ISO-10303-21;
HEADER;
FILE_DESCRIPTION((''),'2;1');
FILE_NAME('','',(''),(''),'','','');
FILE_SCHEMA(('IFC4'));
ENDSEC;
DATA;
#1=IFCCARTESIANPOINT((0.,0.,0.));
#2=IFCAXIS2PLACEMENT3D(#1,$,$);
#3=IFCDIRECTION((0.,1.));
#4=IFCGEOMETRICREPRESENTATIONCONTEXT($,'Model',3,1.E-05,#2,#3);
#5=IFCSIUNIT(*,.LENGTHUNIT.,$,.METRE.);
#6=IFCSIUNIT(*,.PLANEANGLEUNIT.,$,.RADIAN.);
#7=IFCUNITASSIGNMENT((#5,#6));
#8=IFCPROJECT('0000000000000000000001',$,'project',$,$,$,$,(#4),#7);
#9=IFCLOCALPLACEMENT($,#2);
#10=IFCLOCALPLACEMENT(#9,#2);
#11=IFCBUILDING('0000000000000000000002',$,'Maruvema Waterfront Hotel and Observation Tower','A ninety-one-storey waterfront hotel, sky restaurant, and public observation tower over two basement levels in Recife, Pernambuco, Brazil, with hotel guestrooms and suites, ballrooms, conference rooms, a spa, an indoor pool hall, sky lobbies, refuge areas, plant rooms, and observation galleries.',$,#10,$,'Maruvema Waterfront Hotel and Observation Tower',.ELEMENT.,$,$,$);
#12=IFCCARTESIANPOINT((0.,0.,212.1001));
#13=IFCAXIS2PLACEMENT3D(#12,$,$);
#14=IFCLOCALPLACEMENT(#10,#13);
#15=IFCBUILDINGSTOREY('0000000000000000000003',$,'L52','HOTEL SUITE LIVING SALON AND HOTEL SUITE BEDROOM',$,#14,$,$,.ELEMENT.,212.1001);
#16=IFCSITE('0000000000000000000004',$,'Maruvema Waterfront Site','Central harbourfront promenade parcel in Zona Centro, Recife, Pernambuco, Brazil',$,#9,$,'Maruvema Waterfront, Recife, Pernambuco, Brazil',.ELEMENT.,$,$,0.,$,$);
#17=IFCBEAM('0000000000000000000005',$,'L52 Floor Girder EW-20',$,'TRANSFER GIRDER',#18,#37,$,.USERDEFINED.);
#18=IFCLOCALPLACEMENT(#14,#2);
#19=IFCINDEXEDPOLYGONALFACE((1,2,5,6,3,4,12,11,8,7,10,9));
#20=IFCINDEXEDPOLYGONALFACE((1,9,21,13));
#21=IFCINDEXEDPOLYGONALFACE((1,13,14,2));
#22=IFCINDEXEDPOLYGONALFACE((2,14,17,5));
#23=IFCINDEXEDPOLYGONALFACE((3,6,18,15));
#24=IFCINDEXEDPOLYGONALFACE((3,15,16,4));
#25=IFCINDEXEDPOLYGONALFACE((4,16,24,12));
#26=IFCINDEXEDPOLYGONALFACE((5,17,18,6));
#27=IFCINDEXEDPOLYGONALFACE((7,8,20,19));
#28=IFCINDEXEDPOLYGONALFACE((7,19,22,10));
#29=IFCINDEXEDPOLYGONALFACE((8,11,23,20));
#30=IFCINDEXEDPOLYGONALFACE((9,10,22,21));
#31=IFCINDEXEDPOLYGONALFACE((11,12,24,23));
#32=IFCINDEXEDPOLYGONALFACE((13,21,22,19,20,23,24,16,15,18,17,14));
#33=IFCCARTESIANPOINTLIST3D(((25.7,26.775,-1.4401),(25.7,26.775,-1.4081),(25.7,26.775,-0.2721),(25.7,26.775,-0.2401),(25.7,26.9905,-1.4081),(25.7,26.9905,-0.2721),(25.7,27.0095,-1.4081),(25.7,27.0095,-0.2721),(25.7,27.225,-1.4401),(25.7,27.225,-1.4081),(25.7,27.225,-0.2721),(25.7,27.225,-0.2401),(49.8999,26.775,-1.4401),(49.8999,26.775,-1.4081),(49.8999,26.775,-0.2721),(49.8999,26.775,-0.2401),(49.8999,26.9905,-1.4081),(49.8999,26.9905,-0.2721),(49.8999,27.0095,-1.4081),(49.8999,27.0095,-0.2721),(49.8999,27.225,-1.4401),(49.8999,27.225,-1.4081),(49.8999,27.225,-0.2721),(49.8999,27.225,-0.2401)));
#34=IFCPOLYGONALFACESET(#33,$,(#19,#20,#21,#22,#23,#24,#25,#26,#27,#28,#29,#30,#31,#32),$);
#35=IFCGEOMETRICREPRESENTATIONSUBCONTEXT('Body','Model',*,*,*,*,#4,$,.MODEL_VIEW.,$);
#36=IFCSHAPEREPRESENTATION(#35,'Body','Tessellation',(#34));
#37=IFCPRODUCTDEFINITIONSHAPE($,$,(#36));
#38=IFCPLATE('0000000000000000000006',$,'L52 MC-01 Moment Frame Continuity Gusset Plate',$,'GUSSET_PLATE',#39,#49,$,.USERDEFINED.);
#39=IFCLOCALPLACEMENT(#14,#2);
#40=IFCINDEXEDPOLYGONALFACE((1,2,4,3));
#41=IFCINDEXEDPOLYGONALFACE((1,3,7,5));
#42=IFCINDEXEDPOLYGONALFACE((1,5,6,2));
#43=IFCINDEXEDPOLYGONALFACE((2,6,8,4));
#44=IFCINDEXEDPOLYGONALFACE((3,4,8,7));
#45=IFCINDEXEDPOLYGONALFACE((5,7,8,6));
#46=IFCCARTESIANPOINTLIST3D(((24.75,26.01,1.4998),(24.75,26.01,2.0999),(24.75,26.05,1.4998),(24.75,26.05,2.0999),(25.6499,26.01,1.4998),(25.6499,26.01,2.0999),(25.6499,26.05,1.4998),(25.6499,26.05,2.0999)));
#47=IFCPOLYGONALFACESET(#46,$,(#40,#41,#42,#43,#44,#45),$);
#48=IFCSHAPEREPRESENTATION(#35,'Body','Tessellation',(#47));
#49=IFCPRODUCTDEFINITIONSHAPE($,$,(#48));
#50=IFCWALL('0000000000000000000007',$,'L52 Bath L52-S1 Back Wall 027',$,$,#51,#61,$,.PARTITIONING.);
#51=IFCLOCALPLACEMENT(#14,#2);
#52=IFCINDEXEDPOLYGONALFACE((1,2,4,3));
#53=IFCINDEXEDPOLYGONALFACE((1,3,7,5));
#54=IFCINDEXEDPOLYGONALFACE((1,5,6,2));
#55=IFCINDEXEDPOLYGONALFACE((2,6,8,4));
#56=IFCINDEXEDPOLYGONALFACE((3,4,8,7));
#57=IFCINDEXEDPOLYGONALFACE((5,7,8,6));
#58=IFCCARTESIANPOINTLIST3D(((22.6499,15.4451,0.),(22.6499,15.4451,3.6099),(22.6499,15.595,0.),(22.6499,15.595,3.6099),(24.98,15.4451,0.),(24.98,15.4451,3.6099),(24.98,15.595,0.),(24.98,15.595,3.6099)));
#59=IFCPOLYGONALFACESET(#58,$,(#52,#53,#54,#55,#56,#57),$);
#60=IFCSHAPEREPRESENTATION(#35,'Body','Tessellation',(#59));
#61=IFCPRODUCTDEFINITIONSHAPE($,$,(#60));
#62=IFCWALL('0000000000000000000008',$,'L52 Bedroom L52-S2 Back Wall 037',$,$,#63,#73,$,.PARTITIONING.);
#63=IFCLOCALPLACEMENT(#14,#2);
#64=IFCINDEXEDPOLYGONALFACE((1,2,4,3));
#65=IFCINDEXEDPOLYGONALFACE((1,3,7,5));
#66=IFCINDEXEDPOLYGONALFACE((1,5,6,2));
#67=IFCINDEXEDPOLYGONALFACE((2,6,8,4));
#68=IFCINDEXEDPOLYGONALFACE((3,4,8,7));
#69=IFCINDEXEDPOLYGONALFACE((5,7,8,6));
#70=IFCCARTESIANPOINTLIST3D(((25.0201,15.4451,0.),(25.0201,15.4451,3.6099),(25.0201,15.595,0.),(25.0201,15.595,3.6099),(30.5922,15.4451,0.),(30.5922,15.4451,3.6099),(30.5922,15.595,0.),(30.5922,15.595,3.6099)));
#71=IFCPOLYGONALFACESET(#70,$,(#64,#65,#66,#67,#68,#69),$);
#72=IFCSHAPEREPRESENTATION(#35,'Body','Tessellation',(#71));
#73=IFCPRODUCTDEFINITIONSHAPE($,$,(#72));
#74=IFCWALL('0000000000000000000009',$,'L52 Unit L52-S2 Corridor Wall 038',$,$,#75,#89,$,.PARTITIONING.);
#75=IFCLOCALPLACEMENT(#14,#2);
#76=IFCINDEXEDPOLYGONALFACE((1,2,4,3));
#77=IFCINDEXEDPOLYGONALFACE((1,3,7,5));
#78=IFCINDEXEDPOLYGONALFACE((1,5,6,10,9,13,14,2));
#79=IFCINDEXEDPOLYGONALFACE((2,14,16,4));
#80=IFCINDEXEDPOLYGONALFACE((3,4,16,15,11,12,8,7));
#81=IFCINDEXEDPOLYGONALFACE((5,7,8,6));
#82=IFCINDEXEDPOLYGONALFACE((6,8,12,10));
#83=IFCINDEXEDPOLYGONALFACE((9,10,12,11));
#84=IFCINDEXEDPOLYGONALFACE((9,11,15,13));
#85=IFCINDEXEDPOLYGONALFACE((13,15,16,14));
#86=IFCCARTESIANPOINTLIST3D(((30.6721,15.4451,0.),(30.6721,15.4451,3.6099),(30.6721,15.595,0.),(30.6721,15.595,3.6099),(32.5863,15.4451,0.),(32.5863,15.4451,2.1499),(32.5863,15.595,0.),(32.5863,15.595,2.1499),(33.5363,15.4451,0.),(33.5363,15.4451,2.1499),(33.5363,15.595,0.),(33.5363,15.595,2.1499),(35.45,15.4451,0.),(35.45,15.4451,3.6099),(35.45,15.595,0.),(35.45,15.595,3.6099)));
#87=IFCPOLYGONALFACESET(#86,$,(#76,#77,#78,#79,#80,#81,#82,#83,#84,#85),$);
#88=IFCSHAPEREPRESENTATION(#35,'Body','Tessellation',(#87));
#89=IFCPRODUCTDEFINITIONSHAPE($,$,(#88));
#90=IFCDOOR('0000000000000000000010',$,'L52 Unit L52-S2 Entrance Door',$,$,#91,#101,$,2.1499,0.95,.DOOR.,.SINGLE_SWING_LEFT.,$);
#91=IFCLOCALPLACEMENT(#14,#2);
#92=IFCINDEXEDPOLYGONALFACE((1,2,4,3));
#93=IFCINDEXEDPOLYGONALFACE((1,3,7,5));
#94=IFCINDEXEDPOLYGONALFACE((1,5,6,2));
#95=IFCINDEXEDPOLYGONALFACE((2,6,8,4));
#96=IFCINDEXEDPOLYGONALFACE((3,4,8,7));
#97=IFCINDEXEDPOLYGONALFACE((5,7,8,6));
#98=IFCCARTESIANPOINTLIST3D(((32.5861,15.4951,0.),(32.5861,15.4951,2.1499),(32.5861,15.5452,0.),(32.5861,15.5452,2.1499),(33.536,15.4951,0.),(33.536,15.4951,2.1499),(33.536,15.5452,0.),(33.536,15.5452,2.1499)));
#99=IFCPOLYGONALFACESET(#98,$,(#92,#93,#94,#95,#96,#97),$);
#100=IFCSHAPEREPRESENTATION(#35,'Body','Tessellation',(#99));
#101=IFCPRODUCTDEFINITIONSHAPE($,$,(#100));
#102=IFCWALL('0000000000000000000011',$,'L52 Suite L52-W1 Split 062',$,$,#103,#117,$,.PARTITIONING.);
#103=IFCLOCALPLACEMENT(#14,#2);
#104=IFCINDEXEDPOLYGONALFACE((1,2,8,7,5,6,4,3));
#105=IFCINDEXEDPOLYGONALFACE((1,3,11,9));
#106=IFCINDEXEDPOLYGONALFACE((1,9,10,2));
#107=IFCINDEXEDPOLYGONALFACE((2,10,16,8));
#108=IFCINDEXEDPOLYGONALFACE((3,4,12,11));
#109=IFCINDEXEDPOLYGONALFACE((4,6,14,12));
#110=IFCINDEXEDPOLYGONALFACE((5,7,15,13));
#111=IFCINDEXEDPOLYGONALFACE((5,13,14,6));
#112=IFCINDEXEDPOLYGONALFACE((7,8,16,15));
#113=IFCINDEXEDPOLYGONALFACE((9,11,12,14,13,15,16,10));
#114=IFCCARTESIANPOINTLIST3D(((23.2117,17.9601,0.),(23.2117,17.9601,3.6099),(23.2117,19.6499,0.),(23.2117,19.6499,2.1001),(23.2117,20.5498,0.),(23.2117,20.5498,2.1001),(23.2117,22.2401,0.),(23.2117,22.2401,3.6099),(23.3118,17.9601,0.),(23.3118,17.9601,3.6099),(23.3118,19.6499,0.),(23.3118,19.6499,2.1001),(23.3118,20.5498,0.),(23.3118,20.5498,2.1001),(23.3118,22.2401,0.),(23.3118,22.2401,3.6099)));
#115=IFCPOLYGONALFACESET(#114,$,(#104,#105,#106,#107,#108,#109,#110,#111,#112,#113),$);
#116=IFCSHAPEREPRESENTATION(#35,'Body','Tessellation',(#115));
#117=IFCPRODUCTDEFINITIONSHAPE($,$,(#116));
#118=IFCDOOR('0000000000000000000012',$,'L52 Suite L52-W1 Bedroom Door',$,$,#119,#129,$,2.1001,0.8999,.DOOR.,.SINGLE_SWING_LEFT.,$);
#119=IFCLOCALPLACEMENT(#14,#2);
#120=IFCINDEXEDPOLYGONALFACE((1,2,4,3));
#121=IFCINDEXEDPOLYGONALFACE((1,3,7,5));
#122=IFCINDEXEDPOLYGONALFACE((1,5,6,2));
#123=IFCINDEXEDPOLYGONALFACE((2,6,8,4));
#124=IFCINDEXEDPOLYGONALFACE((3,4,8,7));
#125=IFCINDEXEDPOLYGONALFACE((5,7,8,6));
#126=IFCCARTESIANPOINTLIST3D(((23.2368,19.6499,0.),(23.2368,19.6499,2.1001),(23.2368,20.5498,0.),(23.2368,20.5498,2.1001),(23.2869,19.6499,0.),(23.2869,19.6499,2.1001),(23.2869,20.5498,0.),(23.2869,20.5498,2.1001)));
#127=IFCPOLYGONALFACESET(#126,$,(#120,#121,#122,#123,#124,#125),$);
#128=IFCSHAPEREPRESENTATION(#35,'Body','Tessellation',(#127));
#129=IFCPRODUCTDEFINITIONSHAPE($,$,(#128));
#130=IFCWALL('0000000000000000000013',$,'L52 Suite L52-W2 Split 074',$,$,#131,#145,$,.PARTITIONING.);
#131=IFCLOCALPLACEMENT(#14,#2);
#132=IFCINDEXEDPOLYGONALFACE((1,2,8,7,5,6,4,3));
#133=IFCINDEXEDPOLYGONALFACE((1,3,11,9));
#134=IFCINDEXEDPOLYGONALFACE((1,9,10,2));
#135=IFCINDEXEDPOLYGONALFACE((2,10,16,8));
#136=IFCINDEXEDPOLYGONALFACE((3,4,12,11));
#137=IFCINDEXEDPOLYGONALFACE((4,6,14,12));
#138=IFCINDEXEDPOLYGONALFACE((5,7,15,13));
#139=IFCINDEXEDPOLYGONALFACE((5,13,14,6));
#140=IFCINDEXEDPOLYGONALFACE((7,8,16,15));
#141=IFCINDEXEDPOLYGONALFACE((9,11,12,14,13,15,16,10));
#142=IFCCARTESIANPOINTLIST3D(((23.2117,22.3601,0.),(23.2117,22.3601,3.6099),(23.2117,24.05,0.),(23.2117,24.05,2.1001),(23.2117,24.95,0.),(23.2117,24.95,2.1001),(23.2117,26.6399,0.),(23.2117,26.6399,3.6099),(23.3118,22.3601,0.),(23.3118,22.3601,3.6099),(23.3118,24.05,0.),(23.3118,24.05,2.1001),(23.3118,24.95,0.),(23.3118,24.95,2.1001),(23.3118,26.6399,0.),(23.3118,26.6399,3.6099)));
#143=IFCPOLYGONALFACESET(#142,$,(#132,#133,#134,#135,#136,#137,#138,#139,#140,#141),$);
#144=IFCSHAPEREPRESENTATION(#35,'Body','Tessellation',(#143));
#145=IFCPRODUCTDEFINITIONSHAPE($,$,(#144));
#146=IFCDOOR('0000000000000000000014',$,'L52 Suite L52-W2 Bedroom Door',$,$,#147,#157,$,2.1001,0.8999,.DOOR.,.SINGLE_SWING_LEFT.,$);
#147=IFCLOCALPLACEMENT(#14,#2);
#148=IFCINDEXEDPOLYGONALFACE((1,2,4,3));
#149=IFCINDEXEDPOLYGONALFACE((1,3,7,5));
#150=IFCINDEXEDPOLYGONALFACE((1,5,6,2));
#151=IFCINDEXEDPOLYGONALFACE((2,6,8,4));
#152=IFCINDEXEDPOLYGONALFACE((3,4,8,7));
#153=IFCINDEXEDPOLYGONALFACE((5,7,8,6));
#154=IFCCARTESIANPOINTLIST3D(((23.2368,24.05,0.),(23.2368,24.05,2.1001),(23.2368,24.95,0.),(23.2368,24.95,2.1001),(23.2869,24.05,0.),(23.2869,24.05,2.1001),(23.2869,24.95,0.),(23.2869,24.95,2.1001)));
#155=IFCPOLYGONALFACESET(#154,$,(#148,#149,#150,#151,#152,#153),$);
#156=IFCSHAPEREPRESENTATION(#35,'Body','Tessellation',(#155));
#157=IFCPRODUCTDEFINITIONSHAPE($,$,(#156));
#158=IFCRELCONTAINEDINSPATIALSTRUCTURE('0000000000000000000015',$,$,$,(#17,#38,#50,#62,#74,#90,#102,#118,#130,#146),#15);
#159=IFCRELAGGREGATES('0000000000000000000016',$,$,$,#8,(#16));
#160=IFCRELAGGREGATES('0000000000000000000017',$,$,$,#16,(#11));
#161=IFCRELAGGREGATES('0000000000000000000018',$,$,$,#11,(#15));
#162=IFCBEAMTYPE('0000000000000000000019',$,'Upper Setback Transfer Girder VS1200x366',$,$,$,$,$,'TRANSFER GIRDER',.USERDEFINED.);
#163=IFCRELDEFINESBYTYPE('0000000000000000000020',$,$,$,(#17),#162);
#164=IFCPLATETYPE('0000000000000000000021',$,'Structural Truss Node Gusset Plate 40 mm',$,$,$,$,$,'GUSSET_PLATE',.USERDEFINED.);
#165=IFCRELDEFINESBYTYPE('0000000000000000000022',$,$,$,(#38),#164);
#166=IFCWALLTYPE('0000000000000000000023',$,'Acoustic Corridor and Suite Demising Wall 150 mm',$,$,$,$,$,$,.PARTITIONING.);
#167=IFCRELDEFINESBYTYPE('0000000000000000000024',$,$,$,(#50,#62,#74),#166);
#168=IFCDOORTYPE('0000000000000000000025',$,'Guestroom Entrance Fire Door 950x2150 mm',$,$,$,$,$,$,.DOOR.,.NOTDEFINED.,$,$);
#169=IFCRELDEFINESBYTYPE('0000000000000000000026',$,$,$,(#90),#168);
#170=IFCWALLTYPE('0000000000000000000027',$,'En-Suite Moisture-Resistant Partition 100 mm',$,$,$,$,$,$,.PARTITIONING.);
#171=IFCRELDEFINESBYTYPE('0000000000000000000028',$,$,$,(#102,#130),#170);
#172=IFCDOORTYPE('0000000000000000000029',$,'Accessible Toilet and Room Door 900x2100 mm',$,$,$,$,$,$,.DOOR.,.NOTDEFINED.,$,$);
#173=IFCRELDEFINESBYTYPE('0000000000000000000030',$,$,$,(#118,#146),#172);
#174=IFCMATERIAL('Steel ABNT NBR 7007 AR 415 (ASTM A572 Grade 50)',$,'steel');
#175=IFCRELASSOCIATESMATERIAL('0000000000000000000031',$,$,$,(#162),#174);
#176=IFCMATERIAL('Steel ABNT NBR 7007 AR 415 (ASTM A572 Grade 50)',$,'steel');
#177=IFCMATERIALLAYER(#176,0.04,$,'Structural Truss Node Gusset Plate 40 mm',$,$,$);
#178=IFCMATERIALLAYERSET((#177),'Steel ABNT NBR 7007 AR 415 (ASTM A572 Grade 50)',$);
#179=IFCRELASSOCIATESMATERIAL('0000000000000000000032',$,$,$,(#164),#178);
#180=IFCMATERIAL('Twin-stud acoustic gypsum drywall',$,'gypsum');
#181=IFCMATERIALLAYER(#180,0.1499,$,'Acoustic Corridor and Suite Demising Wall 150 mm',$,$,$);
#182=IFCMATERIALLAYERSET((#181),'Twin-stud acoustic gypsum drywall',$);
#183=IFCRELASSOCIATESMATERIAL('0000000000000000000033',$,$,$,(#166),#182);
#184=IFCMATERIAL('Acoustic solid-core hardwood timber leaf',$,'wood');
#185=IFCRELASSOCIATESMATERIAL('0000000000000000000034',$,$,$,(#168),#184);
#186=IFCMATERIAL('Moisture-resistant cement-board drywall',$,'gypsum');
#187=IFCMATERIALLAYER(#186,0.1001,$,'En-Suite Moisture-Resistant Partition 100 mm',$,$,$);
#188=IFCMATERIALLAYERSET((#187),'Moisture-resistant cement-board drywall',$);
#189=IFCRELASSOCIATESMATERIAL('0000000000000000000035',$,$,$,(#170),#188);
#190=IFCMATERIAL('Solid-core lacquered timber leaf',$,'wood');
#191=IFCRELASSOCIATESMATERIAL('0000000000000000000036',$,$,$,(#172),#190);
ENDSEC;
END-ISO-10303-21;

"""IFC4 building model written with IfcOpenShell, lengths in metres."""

from ifc_helpers import new_model, si_unit, direction, frame, frame_2d, origin, origin_2d, place, context, subcontext, project, spatial, rectangle, i_section, extrude, material, layer, layer_set, material_profile, profile_set, type_object, element, fill, save


model = new_model("IFC4")

# Units and contexts
model_context = context("Model", 3, precision=1e-05, world=origin(), true_north=direction((0.0, 1.0)))
body_context = subcontext(model_context, "Body", "Model", "MODEL_VIEW")
ifc_project = project(units=[si_unit("LENGTHUNIT", "METRE"), si_unit("PLANEANGLEUNIT", "RADIAN")], contexts=[model_context])

# Site, building, storey
site_placement = place(None, origin())
site = spatial("IfcSite", under=ifc_project, at=site_placement, Name="Maruvema Waterfront Site", Description="Central harbourfront promenade parcel in Zona Centro, Recife, Pernambuco, Brazil", LongName="Maruvema Waterfront, Recife, Pernambuco, Brazil", CompositionType="ELEMENT", RefElevation=0.0)
building_placement = place(site_placement, origin())
building = spatial("IfcBuilding", under=site, at=building_placement, Name="Maruvema Waterfront Hotel and Observation Tower", Description="A ninety-one-storey waterfront hotel, sky restaurant, and public observation tower over two basement levels in Recife, Pernambuco, Brazil, with hotel guestrooms and suites, ballrooms, conference rooms, a spa, an indoor pool hall, sky lobbies, refuge areas, plant rooms, and observation galleries.", LongName="Maruvema Waterfront Hotel and Observation Tower", CompositionType="ELEMENT")
storey_placement = place(building_placement, frame((0.0, 0.0, 212.1001)))
storey = spatial("IfcBuildingStorey", under=building, at=storey_placement, Name="L52", Description="HOTEL SUITE LIVING SALON AND HOTEL SUITE BEDROOM", CompositionType="ELEMENT", Elevation=212.1001)

# Beam
ifc_material_1 = material(Name="Steel ABNT NBR 7007 AR 415 (ASTM A572 Grade 50)", Category="steel")
ifc_material_profile_1 = material_profile(ifc_material_1, i_section(OverallWidth=0.45, OverallDepth=1.2, WebThickness=0.019, FlangeThickness=0.032, at=origin_2d()), Name="VS1200x366")
ifc_profile_set_1 = profile_set([ifc_material_profile_1], Name="Steel ABNT NBR 7007 AR 415 (ASTM A572 Grade 50)")
beam_type_1 = type_object("IfcBeamType", Name="Upper Setback Transfer Girder VS1200x366", ElementType="TRANSFER GIRDER", PredefinedType="USERDEFINED", material=ifc_profile_set_1)
beam_1_placement = place(storey_placement, frame((25.7, 27.0, -0.8401), z_axis=(1.0, 0.0, 0.0), x_axis=(0.0, 1.0, 0.0)))
element("IfcBeam", 1, at=beam_1_placement, inside=storey, type_object=beam_type_1, Name="L52 Floor Girder EW-20", ObjectType="TRANSFER GIRDER", PredefinedType="USERDEFINED", context=body_context, shape_type="SweptSolid", body=[
    extrude(i_section(OverallWidth=0.45, OverallDepth=1.2, WebThickness=0.019, FlangeThickness=0.032, at=origin_2d()), origin(), (0.0, 0.0, 1.0), 24.2),
])

# Plate
ifc_material_2 = material(Name="Steel ABNT NBR 7007 AR 415 (ASTM A572 Grade 50)", Category="steel")
ifc_layer_1 = layer(ifc_material_2, 0.04, Name="Structural Truss Node Gusset Plate 40 mm")
ifc_layer_set_1 = layer_set([ifc_layer_1], Name="Steel ABNT NBR 7007 AR 415 (ASTM A572 Grade 50)")
plate_type = type_object("IfcPlateType", Name="Structural Truss Node Gusset Plate 40 mm", ElementType="GUSSET_PLATE", PredefinedType="USERDEFINED", material=ifc_layer_set_1)
plate_placement = place(storey_placement, frame((25.2, 26.03, 1.4998), z_axis=(0.0, 0.0, 1.0), x_axis=(1.0, 0.0, 0.0)))
element("IfcPlate", 2, at=plate_placement, inside=storey, type_object=plate_type, Name="L52 MC-01 Moment Frame Continuity Gusset Plate", ObjectType="GUSSET_PLATE", PredefinedType="USERDEFINED", context=body_context, shape_type="SweptSolid", body=[
    extrude(rectangle(XDim=0.8999, YDim=0.04, at=origin_2d()), origin(), (0.0, 0.0, 1.0), 0.6001),
])

# Walls
ifc_material_3 = material(Name="Twin-stud acoustic gypsum drywall", Category="gypsum")
ifc_layer_2 = layer(ifc_material_3, 0.1499, Name="Acoustic Corridor and Suite Demising Wall 150 mm")
ifc_layer_set_2 = layer_set([ifc_layer_2], Name="Twin-stud acoustic gypsum drywall")
wall_type_1 = type_object("IfcWallType", Name="Acoustic Corridor and Suite Demising Wall 150 mm", PredefinedType="PARTITIONING", material=ifc_layer_set_2)
wall_1_placement = place(storey_placement, frame((22.6499, 15.52, 0.0), z_axis=(0.0, 0.0, 1.0), x_axis=(1.0, 0.0, 0.0)))
element("IfcWall", 3, at=wall_1_placement, inside=storey, type_object=wall_type_1, Name="L52 Bath L52-S1 Back Wall 027", PredefinedType="PARTITIONING", context=body_context, shape_type="SweptSolid", body=[
    extrude(rectangle(XDim=2.3301, YDim=0.1499, at=frame_2d((1.165, 0.0))), origin(), (0.0, 0.0, 1.0), 3.6099),
])
wall_2_placement = place(storey_placement, frame((25.02, 15.52, 0.0), z_axis=(0.0, 0.0, 1.0), x_axis=(1.0, 0.0, 0.0)))
element("IfcWall", 4, at=wall_2_placement, inside=storey, type_object=wall_type_1, Name="L52 Bedroom L52-S2 Back Wall 037", PredefinedType="PARTITIONING", context=body_context, shape_type="SweptSolid", body=[
    extrude(rectangle(XDim=5.572, YDim=0.1499, at=frame_2d((2.7861, 0.0))), origin(), (0.0, 0.0, 1.0), 3.6099),
])

# Walls, openings, doors
wall_3_placement = place(storey_placement, frame((30.6721, 15.52, 0.0), z_axis=(0.0, 0.0, 1.0), x_axis=(1.0, 0.0, 0.0)))
wall_3 = element("IfcWall", 5, at=wall_3_placement, inside=storey, type_object=wall_type_1, Name="L52 Unit L52-S2 Corridor Wall 038", PredefinedType="PARTITIONING", context=body_context, shape_type="SweptSolid", body=[
    extrude(rectangle(XDim=4.7778, YDim=0.1499, at=frame_2d((2.3889, 0.0))), origin(), (0.0, 0.0, 1.0), 3.6099),
])
opening_1_placement = place(wall_3_placement, frame((1.9141, 0.0, 0.0)))
opening_1 = element("IfcOpeningElement", 6, at=opening_1_placement, cuts=wall_3, PredefinedType="OPENING", context=body_context, shape_type="SweptSolid", body=[
    extrude(rectangle(XDim=0.95, YDim=2.1499, at=frame_2d((0.4751, 1.075))), frame((0.0, 0.085, 0.0), z_axis=(0.0, -1.0, 0.0), x_axis=(1.0, 0.0, 0.0)), (0.0, 0.0, 1.0), 0.1699),
])
ifc_material_4 = material(Name="Acoustic solid-core hardwood timber leaf", Category="wood")
door_type_1 = type_object("IfcDoorType", Name="Guestroom Entrance Fire Door 950x2150 mm", OperationType="NOTDEFINED", PredefinedType="DOOR", material=ifc_material_4)
door_1_placement = place(opening_1_placement, frame((0.95, 0.0, 0.0), z_axis=(0.0, 0.0, 1.0), x_axis=(-1.0, 0.0, 0.0)))
door_1 = element("IfcDoor", 7, at=door_1_placement, inside=storey, type_object=door_type_1, Name="L52 Unit L52-S2 Entrance Door", OperationType="SINGLE_SWING_LEFT", OverallHeight=2.1499, OverallWidth=0.95, PredefinedType="DOOR", context=body_context, shape_type="SweptSolid", body=[
    extrude(rectangle(XDim=0.95, YDim=2.1499, at=frame_2d((0.4751, 1.075))), frame((0.0, 0.0249, 0.0), z_axis=(0.0, -1.0, 0.0), x_axis=(1.0, 0.0, 0.0)), (0.0, 0.0, 1.0), 0.05),
])
fill(opening_1, door_1)
ifc_material_5 = material(Name="Moisture-resistant cement-board drywall", Category="gypsum")
ifc_layer_3 = layer(ifc_material_5, 0.1001, Name="En-Suite Moisture-Resistant Partition 100 mm")
ifc_layer_set_3 = layer_set([ifc_layer_3], Name="Moisture-resistant cement-board drywall")
wall_type_2 = type_object("IfcWallType", Name="En-Suite Moisture-Resistant Partition 100 mm", PredefinedType="PARTITIONING", material=ifc_layer_set_3)
wall_4_placement = place(storey_placement, frame((23.2617, 17.96, 0.0), z_axis=(0.0, 0.0, 1.0), x_axis=(0.0, 1.0, 0.0)))
wall_4 = element("IfcWall", 8, at=wall_4_placement, inside=storey, type_object=wall_type_2, Name="L52 Suite L52-W1 Split 062", PredefinedType="PARTITIONING", context=body_context, shape_type="SweptSolid", body=[
    extrude(rectangle(XDim=4.28, YDim=0.1001, at=frame_2d((2.1401, 0.0))), origin(), (0.0, 0.0, 1.0), 3.6099),
])
opening_2_placement = place(wall_4_placement, frame((1.6899, 0.0, 0.0)))
opening_2 = element("IfcOpeningElement", 9, at=opening_2_placement, cuts=wall_4, PredefinedType="OPENING", context=body_context, shape_type="SweptSolid", body=[
    extrude(rectangle(XDim=0.8999, YDim=2.1001, at=frame_2d((0.45, 1.05))), frame((0.0, 0.0601, 0.0), z_axis=(0.0, -1.0, 0.0), x_axis=(1.0, 0.0, 0.0)), (0.0, 0.0, 1.0), 0.1201),
])
ifc_material_6 = material(Name="Solid-core lacquered timber leaf", Category="wood")
door_type_2 = type_object("IfcDoorType", Name="Accessible Toilet and Room Door 900x2100 mm", OperationType="NOTDEFINED", PredefinedType="DOOR", material=ifc_material_6)
door_2_placement = place(opening_2_placement, origin())
door_2 = element("IfcDoor", 10, at=door_2_placement, inside=storey, type_object=door_type_2, Name="L52 Suite L52-W1 Bedroom Door", OperationType="SINGLE_SWING_LEFT", OverallHeight=2.1001, OverallWidth=0.8999, PredefinedType="DOOR", context=body_context, shape_type="SweptSolid", body=[
    extrude(rectangle(XDim=0.8999, YDim=2.1001, at=frame_2d((0.45, 1.05))), frame((0.0, 0.0249, 0.0), z_axis=(0.0, -1.0, 0.0), x_axis=(1.0, 0.0, 0.0)), (0.0, 0.0, 1.0), 0.05),
])
fill(opening_2, door_2)
wall_5_placement = place(storey_placement, frame((23.2617, 22.3601, 0.0), z_axis=(0.0, 0.0, 1.0), x_axis=(0.0, 1.0, 0.0)))
wall_5 = element("IfcWall", 11, at=wall_5_placement, inside=storey, type_object=wall_type_2, Name="L52 Suite L52-W2 Split 074", PredefinedType="PARTITIONING", context=body_context, shape_type="SweptSolid", body=[
    extrude(rectangle(XDim=4.2798, YDim=0.1001, at=frame_2d((2.1399, 0.0))), origin(), (0.0, 0.0, 1.0), 3.6099),
])
opening_3_placement = place(wall_5_placement, frame((1.6899, 0.0, 0.0)))
opening_3 = element("IfcOpeningElement", 12, at=opening_3_placement, cuts=wall_5, PredefinedType="OPENING", context=body_context, shape_type="SweptSolid", body=[
    extrude(rectangle(XDim=0.8999, YDim=2.1001, at=frame_2d((0.45, 1.05))), frame((0.0, 0.0601, 0.0), z_axis=(0.0, -1.0, 0.0), x_axis=(1.0, 0.0, 0.0)), (0.0, 0.0, 1.0), 0.1201),
])
door_3_placement = place(opening_3_placement, origin())
door_3 = element("IfcDoor", 13, at=door_3_placement, inside=storey, type_object=door_type_2, Name="L52 Suite L52-W2 Bedroom Door", OperationType="SINGLE_SWING_LEFT", OverallHeight=2.1001, OverallWidth=0.8999, PredefinedType="DOOR", context=body_context, shape_type="SweptSolid", body=[
    extrude(rectangle(XDim=0.8999, YDim=2.1001, at=frame_2d((0.45, 1.05))), frame((0.0, 0.0249, 0.0), z_axis=(0.0, -1.0, 0.0), x_axis=(1.0, 0.0, 0.0)), (0.0, 0.0, 1.0), 0.05),
])
fill(opening_3, door_3)

save(model, "model.ifc")
